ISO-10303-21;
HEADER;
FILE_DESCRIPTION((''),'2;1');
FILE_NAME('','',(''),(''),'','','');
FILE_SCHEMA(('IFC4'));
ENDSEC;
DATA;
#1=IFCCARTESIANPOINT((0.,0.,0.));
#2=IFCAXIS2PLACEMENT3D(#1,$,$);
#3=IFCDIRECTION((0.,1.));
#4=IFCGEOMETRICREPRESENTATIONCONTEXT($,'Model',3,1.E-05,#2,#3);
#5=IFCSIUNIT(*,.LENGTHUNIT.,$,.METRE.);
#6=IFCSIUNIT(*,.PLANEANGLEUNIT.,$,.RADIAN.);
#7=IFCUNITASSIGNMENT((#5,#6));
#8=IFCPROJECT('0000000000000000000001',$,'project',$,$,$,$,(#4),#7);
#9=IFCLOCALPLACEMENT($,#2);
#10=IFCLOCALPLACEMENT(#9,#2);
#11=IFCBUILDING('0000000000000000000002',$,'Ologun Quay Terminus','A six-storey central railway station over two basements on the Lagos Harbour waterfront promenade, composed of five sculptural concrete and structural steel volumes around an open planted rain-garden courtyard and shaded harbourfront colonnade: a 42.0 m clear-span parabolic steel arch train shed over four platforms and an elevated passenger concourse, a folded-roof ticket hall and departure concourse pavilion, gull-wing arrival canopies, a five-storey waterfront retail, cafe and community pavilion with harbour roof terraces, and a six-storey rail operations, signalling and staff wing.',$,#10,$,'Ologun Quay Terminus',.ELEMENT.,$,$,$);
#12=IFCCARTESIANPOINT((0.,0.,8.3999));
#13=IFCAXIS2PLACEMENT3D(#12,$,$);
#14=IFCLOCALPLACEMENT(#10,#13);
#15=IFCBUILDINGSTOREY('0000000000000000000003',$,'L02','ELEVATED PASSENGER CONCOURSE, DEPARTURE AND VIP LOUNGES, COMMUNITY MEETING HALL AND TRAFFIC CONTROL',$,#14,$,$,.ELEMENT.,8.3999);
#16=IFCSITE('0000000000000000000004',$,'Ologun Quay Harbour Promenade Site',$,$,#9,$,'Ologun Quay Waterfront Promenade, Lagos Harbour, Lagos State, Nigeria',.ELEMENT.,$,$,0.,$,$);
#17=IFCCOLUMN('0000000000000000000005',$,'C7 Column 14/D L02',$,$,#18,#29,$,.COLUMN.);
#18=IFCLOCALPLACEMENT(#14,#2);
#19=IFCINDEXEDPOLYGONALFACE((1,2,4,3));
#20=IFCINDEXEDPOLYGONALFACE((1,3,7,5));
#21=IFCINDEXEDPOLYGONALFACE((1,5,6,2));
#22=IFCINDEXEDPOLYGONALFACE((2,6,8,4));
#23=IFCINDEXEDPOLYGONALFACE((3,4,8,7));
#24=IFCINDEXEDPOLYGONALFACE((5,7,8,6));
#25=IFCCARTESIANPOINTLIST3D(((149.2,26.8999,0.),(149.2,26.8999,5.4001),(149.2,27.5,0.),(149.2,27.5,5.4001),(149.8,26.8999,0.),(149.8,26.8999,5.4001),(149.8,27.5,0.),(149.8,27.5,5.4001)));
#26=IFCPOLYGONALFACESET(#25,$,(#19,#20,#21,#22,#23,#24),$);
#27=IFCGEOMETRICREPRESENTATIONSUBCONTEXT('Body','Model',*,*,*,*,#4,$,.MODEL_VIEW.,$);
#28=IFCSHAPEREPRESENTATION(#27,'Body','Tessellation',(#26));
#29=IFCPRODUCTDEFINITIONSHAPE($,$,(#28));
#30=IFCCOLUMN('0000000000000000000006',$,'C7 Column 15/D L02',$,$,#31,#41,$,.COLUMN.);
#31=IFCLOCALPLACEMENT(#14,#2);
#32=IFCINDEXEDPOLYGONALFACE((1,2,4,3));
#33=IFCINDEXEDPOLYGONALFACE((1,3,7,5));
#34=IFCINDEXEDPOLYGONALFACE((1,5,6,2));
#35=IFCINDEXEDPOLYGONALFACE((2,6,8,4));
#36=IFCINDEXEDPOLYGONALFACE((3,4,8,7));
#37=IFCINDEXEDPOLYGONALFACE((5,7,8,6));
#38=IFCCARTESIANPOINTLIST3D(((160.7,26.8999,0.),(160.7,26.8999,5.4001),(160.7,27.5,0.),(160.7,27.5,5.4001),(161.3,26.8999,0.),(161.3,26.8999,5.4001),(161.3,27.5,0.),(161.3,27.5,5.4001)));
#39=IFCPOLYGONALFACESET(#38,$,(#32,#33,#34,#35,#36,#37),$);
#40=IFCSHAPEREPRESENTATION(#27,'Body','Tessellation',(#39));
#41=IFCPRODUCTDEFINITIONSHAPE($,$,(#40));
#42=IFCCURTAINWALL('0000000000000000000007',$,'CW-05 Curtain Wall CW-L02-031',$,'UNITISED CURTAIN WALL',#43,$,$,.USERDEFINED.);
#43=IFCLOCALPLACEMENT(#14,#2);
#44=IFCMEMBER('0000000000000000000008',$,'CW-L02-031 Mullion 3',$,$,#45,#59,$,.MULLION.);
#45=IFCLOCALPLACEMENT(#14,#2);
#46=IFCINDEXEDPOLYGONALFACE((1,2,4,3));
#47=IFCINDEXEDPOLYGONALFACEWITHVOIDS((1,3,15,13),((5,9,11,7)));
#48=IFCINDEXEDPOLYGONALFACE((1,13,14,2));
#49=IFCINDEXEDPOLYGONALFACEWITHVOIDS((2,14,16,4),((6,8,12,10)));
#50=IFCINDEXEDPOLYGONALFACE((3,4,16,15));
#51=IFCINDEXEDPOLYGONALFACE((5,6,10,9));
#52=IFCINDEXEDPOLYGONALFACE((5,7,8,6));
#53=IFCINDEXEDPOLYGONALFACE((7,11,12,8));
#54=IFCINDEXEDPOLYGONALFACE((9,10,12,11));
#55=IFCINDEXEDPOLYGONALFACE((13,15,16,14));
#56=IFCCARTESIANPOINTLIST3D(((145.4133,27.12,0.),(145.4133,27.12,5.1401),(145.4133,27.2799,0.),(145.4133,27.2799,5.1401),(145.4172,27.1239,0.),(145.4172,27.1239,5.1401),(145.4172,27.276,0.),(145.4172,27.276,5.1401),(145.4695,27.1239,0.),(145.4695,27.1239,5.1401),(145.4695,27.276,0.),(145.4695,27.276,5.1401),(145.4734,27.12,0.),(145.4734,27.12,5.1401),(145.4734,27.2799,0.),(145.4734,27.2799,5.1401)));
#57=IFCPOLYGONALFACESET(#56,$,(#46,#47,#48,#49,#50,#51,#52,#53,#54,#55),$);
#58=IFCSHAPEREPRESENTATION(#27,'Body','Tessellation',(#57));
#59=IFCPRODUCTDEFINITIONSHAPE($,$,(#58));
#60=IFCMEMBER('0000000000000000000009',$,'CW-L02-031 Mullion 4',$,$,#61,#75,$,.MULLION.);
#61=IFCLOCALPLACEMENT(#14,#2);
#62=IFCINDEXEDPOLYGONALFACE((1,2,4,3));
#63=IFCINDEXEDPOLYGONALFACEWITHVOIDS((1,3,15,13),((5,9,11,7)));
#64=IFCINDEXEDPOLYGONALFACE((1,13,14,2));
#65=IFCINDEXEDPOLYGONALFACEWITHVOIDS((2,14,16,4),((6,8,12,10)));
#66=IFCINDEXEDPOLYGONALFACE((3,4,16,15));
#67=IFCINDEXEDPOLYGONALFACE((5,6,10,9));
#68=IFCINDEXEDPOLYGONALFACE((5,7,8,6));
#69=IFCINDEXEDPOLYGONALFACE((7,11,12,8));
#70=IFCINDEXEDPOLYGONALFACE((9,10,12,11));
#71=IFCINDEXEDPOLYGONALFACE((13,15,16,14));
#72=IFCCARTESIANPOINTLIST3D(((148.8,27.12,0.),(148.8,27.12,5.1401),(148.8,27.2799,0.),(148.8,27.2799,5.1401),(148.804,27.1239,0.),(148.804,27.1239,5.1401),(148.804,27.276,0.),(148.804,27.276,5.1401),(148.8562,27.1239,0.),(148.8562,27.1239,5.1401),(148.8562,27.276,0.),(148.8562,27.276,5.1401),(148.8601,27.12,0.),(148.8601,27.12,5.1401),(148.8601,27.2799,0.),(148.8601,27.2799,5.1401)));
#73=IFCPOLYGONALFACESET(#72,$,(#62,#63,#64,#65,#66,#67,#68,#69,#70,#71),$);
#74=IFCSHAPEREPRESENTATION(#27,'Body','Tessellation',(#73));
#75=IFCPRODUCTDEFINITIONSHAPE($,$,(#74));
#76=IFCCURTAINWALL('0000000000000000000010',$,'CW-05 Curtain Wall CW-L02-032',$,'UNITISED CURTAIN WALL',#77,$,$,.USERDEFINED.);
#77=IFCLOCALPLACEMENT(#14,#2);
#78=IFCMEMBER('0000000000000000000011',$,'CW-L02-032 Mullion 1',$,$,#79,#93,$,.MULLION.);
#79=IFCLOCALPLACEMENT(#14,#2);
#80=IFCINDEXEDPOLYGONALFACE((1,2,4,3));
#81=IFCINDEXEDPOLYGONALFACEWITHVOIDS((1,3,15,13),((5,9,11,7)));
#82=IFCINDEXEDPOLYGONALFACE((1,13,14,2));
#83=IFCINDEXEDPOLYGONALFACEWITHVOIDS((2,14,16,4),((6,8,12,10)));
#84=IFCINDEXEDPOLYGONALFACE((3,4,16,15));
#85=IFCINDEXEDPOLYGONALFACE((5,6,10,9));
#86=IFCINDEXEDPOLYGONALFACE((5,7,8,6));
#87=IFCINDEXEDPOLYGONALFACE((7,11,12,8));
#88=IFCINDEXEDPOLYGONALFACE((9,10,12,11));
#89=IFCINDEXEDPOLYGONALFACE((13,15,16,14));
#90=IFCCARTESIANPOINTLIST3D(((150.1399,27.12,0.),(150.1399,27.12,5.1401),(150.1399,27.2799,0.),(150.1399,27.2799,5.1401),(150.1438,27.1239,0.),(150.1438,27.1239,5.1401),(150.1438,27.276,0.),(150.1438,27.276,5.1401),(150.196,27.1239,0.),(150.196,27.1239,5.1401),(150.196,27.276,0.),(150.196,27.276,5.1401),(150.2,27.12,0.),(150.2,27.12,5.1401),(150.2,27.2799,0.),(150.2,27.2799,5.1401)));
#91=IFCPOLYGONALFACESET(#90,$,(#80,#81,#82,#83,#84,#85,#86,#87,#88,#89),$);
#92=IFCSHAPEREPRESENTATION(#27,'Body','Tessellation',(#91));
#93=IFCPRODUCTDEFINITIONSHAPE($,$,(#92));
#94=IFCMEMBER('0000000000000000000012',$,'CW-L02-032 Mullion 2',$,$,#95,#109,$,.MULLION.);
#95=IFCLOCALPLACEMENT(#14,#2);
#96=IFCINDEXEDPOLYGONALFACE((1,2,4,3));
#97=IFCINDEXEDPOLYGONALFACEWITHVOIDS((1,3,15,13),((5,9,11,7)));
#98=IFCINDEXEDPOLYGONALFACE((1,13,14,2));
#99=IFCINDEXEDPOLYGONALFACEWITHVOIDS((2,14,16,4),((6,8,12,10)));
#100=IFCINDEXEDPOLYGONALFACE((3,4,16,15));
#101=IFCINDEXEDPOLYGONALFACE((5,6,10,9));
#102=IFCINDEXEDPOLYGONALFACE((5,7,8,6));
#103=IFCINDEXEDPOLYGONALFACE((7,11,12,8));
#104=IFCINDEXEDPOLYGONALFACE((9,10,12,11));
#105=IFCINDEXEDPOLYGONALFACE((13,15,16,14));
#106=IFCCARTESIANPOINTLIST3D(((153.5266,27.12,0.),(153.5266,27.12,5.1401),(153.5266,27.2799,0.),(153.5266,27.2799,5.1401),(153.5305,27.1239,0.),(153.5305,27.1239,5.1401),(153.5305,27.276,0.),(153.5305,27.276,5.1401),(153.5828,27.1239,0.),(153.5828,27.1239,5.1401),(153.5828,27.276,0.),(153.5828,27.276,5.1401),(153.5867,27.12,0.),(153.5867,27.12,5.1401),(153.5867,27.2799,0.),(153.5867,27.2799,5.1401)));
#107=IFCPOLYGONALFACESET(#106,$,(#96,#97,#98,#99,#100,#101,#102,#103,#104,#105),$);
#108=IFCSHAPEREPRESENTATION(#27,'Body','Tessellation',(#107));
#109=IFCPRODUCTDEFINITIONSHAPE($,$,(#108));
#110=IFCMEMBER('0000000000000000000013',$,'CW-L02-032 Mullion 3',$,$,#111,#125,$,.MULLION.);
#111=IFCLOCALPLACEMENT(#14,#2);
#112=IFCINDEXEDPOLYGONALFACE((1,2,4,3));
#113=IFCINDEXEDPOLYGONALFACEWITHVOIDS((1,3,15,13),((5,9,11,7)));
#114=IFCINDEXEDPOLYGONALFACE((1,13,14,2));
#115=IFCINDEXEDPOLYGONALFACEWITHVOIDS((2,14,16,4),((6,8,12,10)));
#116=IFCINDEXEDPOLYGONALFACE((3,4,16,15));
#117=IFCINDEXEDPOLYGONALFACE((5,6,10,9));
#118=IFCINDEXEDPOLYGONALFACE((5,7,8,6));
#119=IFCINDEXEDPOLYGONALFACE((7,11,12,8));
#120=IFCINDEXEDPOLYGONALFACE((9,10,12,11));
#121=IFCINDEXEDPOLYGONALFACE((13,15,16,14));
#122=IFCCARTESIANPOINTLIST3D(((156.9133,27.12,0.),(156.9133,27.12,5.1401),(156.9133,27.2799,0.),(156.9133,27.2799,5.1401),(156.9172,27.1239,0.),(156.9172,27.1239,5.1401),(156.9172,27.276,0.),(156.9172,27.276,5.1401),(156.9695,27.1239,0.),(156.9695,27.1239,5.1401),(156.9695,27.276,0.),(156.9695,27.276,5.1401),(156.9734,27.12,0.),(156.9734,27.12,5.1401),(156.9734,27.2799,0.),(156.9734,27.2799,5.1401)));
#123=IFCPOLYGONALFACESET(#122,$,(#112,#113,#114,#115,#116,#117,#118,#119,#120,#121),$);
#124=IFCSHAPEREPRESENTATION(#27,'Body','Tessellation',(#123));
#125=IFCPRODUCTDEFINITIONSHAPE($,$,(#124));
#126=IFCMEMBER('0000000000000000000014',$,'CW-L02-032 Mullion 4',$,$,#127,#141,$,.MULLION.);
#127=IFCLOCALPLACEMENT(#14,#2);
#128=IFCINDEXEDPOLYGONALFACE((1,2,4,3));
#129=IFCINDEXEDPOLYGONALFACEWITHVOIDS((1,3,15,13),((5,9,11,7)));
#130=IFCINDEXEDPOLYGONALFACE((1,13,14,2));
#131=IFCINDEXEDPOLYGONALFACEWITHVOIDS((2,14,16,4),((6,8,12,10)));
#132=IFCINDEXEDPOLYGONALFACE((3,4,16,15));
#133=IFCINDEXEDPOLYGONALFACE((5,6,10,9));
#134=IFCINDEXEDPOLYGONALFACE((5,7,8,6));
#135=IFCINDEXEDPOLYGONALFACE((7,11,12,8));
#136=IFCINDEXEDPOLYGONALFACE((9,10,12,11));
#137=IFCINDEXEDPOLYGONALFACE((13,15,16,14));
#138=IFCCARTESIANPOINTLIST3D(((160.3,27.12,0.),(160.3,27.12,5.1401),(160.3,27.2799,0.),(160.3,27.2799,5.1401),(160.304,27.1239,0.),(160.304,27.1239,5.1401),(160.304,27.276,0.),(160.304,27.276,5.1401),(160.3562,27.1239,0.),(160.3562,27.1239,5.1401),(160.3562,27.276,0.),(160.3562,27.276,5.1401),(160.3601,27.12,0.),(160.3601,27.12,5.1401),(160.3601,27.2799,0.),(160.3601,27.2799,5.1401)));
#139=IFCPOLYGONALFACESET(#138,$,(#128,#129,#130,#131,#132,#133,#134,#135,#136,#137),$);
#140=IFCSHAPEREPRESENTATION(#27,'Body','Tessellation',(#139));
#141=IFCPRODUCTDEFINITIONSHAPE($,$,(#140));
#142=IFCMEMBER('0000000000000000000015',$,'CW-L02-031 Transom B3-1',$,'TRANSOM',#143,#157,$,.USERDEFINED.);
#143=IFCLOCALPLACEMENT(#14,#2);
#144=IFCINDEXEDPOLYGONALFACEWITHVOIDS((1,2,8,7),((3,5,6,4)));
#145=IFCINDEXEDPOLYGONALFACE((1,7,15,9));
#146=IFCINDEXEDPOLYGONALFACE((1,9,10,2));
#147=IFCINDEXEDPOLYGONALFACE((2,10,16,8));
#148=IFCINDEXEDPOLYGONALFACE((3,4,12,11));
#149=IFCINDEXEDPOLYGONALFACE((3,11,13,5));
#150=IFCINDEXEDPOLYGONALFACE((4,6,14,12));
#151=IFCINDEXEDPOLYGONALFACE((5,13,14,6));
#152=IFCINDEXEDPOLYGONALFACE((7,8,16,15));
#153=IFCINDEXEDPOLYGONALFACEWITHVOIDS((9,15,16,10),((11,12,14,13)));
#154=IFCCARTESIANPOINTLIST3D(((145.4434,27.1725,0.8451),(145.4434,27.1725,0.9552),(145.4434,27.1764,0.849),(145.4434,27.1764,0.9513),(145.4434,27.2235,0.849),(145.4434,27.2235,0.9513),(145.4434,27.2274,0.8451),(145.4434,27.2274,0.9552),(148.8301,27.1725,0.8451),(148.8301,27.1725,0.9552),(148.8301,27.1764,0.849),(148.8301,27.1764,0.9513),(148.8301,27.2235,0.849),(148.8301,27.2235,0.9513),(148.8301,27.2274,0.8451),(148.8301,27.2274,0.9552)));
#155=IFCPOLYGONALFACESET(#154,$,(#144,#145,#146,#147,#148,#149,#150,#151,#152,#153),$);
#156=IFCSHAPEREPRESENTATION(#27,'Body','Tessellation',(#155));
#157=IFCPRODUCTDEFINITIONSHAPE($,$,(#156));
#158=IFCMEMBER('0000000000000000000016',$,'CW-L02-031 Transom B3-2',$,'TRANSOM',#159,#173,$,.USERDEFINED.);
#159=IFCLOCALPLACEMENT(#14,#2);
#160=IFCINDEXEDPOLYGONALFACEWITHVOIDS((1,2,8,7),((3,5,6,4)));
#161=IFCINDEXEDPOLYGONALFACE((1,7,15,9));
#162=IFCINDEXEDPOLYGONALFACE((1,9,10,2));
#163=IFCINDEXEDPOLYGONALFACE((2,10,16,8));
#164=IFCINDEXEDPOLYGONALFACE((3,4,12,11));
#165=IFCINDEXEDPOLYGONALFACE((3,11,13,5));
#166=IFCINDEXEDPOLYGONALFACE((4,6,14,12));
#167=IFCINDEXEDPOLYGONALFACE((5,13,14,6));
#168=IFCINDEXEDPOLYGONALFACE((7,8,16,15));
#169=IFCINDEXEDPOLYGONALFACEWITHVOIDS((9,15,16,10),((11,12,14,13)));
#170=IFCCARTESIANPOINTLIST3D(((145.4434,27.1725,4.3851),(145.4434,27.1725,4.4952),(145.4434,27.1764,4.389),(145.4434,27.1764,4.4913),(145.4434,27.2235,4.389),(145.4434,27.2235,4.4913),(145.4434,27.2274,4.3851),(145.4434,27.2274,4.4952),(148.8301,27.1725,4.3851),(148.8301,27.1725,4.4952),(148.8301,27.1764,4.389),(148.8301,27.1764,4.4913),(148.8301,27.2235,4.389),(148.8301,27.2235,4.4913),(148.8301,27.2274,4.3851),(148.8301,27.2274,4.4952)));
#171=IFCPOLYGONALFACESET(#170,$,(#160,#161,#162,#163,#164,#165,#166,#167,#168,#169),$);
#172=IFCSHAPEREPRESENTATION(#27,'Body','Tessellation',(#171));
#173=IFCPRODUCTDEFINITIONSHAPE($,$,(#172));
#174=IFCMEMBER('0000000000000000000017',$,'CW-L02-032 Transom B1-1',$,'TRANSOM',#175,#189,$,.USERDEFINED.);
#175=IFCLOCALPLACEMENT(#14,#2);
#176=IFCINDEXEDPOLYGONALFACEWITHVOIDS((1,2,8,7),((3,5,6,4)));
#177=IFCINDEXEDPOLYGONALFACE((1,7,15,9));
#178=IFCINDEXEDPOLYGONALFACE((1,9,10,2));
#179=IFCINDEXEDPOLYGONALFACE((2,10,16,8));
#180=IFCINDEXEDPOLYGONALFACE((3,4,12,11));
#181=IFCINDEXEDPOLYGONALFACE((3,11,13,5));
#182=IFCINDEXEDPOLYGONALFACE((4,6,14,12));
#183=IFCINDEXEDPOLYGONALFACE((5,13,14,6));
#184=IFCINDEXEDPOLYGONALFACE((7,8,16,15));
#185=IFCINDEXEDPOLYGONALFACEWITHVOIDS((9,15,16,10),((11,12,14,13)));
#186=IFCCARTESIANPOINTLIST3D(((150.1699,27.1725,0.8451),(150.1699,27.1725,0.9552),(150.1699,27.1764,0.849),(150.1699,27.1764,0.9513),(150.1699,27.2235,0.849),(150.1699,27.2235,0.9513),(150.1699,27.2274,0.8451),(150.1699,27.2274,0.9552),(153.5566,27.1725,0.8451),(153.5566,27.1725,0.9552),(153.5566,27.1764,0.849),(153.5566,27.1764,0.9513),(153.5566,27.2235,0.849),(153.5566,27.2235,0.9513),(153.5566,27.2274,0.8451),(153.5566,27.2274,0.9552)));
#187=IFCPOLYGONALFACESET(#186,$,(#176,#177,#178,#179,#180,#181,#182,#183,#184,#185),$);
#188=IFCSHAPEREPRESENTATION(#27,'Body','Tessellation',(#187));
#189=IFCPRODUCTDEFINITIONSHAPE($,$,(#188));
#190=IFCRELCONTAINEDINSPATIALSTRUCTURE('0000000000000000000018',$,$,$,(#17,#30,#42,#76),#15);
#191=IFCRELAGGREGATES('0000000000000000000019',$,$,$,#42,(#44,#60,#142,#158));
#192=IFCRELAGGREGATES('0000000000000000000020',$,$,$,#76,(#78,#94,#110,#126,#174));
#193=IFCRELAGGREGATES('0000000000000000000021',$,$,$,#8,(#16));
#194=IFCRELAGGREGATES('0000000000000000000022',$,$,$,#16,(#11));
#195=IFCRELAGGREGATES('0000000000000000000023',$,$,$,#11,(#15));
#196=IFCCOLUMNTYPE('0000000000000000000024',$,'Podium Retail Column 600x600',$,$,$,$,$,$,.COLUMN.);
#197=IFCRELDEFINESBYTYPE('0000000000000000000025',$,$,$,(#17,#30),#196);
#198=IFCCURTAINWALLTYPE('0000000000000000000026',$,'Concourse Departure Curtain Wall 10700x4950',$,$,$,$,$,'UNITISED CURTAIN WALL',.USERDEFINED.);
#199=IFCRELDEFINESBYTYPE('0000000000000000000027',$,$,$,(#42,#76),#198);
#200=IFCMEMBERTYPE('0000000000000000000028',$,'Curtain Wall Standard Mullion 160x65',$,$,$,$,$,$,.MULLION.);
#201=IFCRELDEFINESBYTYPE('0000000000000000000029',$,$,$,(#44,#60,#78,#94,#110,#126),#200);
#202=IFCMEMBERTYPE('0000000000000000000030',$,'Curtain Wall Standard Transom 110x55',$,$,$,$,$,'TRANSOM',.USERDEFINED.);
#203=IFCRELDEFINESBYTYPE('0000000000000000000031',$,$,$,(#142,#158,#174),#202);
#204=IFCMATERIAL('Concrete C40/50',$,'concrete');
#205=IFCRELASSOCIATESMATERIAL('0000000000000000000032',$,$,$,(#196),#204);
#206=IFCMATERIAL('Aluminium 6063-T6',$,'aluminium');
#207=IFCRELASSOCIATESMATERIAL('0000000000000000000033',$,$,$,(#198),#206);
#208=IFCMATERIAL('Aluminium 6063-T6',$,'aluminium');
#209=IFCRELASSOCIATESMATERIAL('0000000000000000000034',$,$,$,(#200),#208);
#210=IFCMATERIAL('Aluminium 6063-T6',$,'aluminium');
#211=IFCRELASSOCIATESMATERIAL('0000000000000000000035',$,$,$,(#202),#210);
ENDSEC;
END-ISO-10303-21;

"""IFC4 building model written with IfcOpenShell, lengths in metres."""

from ifc_helpers import new_model, si_unit, direction, frame, origin, origin_2d, place, context, subcontext, project, spatial, rectangle, hollow_rectangle, extrude, material, material_profile, profile_set, type_object, element, aggregate, save


model = new_model("IFC4")

# Units and contexts
model_context = context("Model", 3, precision=1e-05, world=origin(), true_north=direction((0.0, 1.0)))
body_context = subcontext(model_context, "Body", "Model", "MODEL_VIEW")
ifc_project = project(units=[si_unit("LENGTHUNIT", "METRE"), si_unit("PLANEANGLEUNIT", "RADIAN")], contexts=[model_context])

# Site, building, storey
site_placement = place(None, origin())
site = spatial("IfcSite", under=ifc_project, at=site_placement, Name="Ologun Quay Harbour Promenade Site", LongName="Ologun Quay Waterfront Promenade, Lagos Harbour, Lagos State, Nigeria", CompositionType="ELEMENT", RefElevation=0.0)
building_placement = place(site_placement, origin())
building = spatial("IfcBuilding", under=site, at=building_placement, Name="Ologun Quay Terminus", Description="A six-storey central railway station over two basements on the Lagos Harbour waterfront promenade, composed of five sculptural concrete and structural steel volumes around an open planted rain-garden courtyard and shaded harbourfront colonnade: a 42.0 m clear-span parabolic steel arch train shed over four platforms and an elevated passenger concourse, a folded-roof ticket hall and departure concourse pavilion, gull-wing arrival canopies, a five-storey waterfront retail, cafe and community pavilion with harbour roof terraces, and a six-storey rail operations, signalling and staff wing.", LongName="Ologun Quay Terminus", CompositionType="ELEMENT")
storey_placement = place(building_placement, frame((0.0, 0.0, 8.3999)))
storey = spatial("IfcBuildingStorey", under=building, at=storey_placement, Name="L02", Description="ELEVATED PASSENGER CONCOURSE, DEPARTURE AND VIP LOUNGES, COMMUNITY MEETING HALL AND TRAFFIC CONTROL", CompositionType="ELEMENT", Elevation=8.3999)

# Columns
ifc_material_1 = material(Name="Concrete C40/50", Category="concrete")
ifc_material_profile_1 = material_profile(ifc_material_1, rectangle(XDim=0.6001, YDim=0.6001, at=origin_2d()), Name="RC 600x600")
ifc_profile_set_1 = profile_set([ifc_material_profile_1], Name="Concrete C40/50")
column_type = type_object("IfcColumnType", Name="Podium Retail Column 600x600", PredefinedType="COLUMN", material=ifc_profile_set_1)
for number, where, z_axis, x_axis, name in (
    (1, (149.5, 27.2, 0.0), (0.0, 0.0, 1.0), (1.0, 0.0, 0.0), "C7 Column 14/D L02"),
    (2, (161.0, 27.2, 0.0), (0.0, 0.0, 1.0), (1.0, 0.0, 0.0), "C7 Column 15/D L02"),
):
    element("IfcColumn", number, at=place(storey_placement, frame(where, z_axis=z_axis, x_axis=x_axis)), inside=storey, type_object=column_type, Name=name, PredefinedType="COLUMN", context=body_context, shape_type="SweptSolid", body=[
        extrude(rectangle(XDim=0.6001, YDim=0.6001, at=origin_2d()), origin(), (0.0, 0.0, 1.0), 5.4001),
    ])

# Curtain walls, members
ifc_material_2 = material(Name="Aluminium 6063-T6", Category="aluminium")
curtain_wall_type = type_object("IfcCurtainWallType", Name="Concourse Departure Curtain Wall 10700x4950", ElementType="UNITISED CURTAIN WALL", PredefinedType="USERDEFINED", material=ifc_material_2)
curtain_wall_1_placement = place(storey_placement, origin())
curtain_wall_1 = element("IfcCurtainWall", 3, at=curtain_wall_1_placement, inside=storey, type_object=curtain_wall_type, Name="CW-05 Curtain Wall CW-L02-031", ObjectType="UNITISED CURTAIN WALL", PredefinedType="USERDEFINED")
ifc_material_3 = material(Name="Aluminium 6063-T6", Category="aluminium")
ifc_material_profile_2 = material_profile(ifc_material_3, hollow_rectangle(XDim=0.0601, YDim=0.1599, WallThickness=0.0039, at=origin_2d()), Name="ALU 160x60x4")
ifc_profile_set_2 = profile_set([ifc_material_profile_2], Name="Aluminium 6063-T6")
member_type_1 = type_object("IfcMemberType", Name="Curtain Wall Standard Mullion 160x65", PredefinedType="MULLION", material=ifc_profile_set_2)
member_1_placement = place(storey_placement, frame((145.4434, 27.2, 0.0), z_axis=(0.0, 0.0, 1.0), x_axis=(1.0, 0.0, 0.0)))
member_1 = element("IfcMember", 4, at=member_1_placement, type_object=member_type_1, Name="CW-L02-031 Mullion 3", PredefinedType="MULLION", context=body_context, shape_type="SweptSolid", body=[
    extrude(hollow_rectangle(XDim=0.0601, YDim=0.1599, WallThickness=0.0039, at=origin_2d()), origin(), (0.0, 0.0, 1.0), 5.1401),
])
member_2_placement = place(storey_placement, frame((148.8301, 27.2, 0.0), z_axis=(0.0, 0.0, 1.0), x_axis=(1.0, 0.0, 0.0)))
member_2 = element("IfcMember", 5, at=member_2_placement, type_object=member_type_1, Name="CW-L02-031 Mullion 4", PredefinedType="MULLION", context=body_context, shape_type="SweptSolid", body=[
    extrude(hollow_rectangle(XDim=0.0601, YDim=0.1599, WallThickness=0.0039, at=origin_2d()), origin(), (0.0, 0.0, 1.0), 5.1401),
])
curtain_wall_2_placement = place(storey_placement, origin())
curtain_wall_2 = element("IfcCurtainWall", 6, at=curtain_wall_2_placement, inside=storey, type_object=curtain_wall_type, Name="CW-05 Curtain Wall CW-L02-032", ObjectType="UNITISED CURTAIN WALL", PredefinedType="USERDEFINED")
member_3_placement = place(storey_placement, frame((150.1699, 27.2, 0.0), z_axis=(0.0, 0.0, 1.0), x_axis=(1.0, 0.0, 0.0)))
member_3 = element("IfcMember", 7, at=member_3_placement, type_object=member_type_1, Name="CW-L02-032 Mullion 1", PredefinedType="MULLION", context=body_context, shape_type="SweptSolid", body=[
    extrude(hollow_rectangle(XDim=0.0601, YDim=0.1599, WallThickness=0.0039, at=origin_2d()), origin(), (0.0, 0.0, 1.0), 5.1401),
])
member_4_placement = place(storey_placement, frame((153.5566, 27.2, 0.0), z_axis=(0.0, 0.0, 1.0), x_axis=(1.0, 0.0, 0.0)))
member_4 = element("IfcMember", 8, at=member_4_placement, type_object=member_type_1, Name="CW-L02-032 Mullion 2", PredefinedType="MULLION", context=body_context, shape_type="SweptSolid", body=[
    extrude(hollow_rectangle(XDim=0.0601, YDim=0.1599, WallThickness=0.0039, at=origin_2d()), origin(), (0.0, 0.0, 1.0), 5.1401),
])
member_5_placement = place(storey_placement, frame((156.9434, 27.2, 0.0), z_axis=(0.0, 0.0, 1.0), x_axis=(1.0, 0.0, 0.0)))
member_5 = element("IfcMember", 9, at=member_5_placement, type_object=member_type_1, Name="CW-L02-032 Mullion 3", PredefinedType="MULLION", context=body_context, shape_type="SweptSolid", body=[
    extrude(hollow_rectangle(XDim=0.0601, YDim=0.1599, WallThickness=0.0039, at=origin_2d()), origin(), (0.0, 0.0, 1.0), 5.1401),
])
member_6_placement = place(storey_placement, frame((160.3301, 27.2, 0.0), z_axis=(0.0, 0.0, 1.0), x_axis=(1.0, 0.0, 0.0)))
member_6 = element("IfcMember", 10, at=member_6_placement, type_object=member_type_1, Name="CW-L02-032 Mullion 4", PredefinedType="MULLION", context=body_context, shape_type="SweptSolid", body=[
    extrude(hollow_rectangle(XDim=0.0601, YDim=0.1599, WallThickness=0.0039, at=origin_2d()), origin(), (0.0, 0.0, 1.0), 5.1401),
])

# Members
ifc_material_4 = material(Name="Aluminium 6063-T6", Category="aluminium")
ifc_material_profile_3 = material_profile(ifc_material_4, hollow_rectangle(XDim=0.0549, YDim=0.1101, WallThickness=0.0039, at=origin_2d()), Name="ALU 110x55x4")
ifc_profile_set_3 = profile_set([ifc_material_profile_3], Name="Aluminium 6063-T6")
member_type_2 = type_object("IfcMemberType", Name="Curtain Wall Standard Transom 110x55", ElementType="TRANSOM", PredefinedType="USERDEFINED", material=ifc_profile_set_3)
member_7_placement = place(storey_placement, frame((145.4434, 27.2, 0.9001), z_axis=(1.0, 0.0, 0.0), x_axis=(0.0, 1.0, 0.0)))
member_7 = element("IfcMember", 11, at=member_7_placement, type_object=member_type_2, Name="CW-L02-031 Transom B3-1", ObjectType="TRANSOM", PredefinedType="USERDEFINED", context=body_context, shape_type="SweptSolid", body=[
    extrude(hollow_rectangle(XDim=0.0549, YDim=0.1101, WallThickness=0.0039, at=origin_2d()), origin(), (0.0, 0.0, 1.0), 3.3867),
])
member_8_placement = place(storey_placement, frame((145.4434, 27.2, 4.4402), z_axis=(1.0, 0.0, 0.0), x_axis=(0.0, 1.0, 0.0)))
member_8 = element("IfcMember", 12, at=member_8_placement, type_object=member_type_2, Name="CW-L02-031 Transom B3-2", ObjectType="TRANSOM", PredefinedType="USERDEFINED", context=body_context, shape_type="SweptSolid", body=[
    extrude(hollow_rectangle(XDim=0.0549, YDim=0.1101, WallThickness=0.0039, at=origin_2d()), origin(), (0.0, 0.0, 1.0), 3.3867),
])
member_9_placement = place(storey_placement, frame((150.1699, 27.2, 0.9001), z_axis=(1.0, 0.0, 0.0), x_axis=(0.0, 1.0, 0.0)))
member_9 = element("IfcMember", 13, at=member_9_placement, type_object=member_type_2, Name="CW-L02-032 Transom B1-1", ObjectType="TRANSOM", PredefinedType="USERDEFINED", context=body_context, shape_type="SweptSolid", body=[
    extrude(hollow_rectangle(XDim=0.0549, YDim=0.1101, WallThickness=0.0039, at=origin_2d()), origin(), (0.0, 0.0, 1.0), 3.3867),
])

aggregate(curtain_wall_1, [member_1, member_2, member_7, member_8])
aggregate(curtain_wall_2, [member_3, member_4, member_5, member_6, member_9])

save(model, "model.ifc")
